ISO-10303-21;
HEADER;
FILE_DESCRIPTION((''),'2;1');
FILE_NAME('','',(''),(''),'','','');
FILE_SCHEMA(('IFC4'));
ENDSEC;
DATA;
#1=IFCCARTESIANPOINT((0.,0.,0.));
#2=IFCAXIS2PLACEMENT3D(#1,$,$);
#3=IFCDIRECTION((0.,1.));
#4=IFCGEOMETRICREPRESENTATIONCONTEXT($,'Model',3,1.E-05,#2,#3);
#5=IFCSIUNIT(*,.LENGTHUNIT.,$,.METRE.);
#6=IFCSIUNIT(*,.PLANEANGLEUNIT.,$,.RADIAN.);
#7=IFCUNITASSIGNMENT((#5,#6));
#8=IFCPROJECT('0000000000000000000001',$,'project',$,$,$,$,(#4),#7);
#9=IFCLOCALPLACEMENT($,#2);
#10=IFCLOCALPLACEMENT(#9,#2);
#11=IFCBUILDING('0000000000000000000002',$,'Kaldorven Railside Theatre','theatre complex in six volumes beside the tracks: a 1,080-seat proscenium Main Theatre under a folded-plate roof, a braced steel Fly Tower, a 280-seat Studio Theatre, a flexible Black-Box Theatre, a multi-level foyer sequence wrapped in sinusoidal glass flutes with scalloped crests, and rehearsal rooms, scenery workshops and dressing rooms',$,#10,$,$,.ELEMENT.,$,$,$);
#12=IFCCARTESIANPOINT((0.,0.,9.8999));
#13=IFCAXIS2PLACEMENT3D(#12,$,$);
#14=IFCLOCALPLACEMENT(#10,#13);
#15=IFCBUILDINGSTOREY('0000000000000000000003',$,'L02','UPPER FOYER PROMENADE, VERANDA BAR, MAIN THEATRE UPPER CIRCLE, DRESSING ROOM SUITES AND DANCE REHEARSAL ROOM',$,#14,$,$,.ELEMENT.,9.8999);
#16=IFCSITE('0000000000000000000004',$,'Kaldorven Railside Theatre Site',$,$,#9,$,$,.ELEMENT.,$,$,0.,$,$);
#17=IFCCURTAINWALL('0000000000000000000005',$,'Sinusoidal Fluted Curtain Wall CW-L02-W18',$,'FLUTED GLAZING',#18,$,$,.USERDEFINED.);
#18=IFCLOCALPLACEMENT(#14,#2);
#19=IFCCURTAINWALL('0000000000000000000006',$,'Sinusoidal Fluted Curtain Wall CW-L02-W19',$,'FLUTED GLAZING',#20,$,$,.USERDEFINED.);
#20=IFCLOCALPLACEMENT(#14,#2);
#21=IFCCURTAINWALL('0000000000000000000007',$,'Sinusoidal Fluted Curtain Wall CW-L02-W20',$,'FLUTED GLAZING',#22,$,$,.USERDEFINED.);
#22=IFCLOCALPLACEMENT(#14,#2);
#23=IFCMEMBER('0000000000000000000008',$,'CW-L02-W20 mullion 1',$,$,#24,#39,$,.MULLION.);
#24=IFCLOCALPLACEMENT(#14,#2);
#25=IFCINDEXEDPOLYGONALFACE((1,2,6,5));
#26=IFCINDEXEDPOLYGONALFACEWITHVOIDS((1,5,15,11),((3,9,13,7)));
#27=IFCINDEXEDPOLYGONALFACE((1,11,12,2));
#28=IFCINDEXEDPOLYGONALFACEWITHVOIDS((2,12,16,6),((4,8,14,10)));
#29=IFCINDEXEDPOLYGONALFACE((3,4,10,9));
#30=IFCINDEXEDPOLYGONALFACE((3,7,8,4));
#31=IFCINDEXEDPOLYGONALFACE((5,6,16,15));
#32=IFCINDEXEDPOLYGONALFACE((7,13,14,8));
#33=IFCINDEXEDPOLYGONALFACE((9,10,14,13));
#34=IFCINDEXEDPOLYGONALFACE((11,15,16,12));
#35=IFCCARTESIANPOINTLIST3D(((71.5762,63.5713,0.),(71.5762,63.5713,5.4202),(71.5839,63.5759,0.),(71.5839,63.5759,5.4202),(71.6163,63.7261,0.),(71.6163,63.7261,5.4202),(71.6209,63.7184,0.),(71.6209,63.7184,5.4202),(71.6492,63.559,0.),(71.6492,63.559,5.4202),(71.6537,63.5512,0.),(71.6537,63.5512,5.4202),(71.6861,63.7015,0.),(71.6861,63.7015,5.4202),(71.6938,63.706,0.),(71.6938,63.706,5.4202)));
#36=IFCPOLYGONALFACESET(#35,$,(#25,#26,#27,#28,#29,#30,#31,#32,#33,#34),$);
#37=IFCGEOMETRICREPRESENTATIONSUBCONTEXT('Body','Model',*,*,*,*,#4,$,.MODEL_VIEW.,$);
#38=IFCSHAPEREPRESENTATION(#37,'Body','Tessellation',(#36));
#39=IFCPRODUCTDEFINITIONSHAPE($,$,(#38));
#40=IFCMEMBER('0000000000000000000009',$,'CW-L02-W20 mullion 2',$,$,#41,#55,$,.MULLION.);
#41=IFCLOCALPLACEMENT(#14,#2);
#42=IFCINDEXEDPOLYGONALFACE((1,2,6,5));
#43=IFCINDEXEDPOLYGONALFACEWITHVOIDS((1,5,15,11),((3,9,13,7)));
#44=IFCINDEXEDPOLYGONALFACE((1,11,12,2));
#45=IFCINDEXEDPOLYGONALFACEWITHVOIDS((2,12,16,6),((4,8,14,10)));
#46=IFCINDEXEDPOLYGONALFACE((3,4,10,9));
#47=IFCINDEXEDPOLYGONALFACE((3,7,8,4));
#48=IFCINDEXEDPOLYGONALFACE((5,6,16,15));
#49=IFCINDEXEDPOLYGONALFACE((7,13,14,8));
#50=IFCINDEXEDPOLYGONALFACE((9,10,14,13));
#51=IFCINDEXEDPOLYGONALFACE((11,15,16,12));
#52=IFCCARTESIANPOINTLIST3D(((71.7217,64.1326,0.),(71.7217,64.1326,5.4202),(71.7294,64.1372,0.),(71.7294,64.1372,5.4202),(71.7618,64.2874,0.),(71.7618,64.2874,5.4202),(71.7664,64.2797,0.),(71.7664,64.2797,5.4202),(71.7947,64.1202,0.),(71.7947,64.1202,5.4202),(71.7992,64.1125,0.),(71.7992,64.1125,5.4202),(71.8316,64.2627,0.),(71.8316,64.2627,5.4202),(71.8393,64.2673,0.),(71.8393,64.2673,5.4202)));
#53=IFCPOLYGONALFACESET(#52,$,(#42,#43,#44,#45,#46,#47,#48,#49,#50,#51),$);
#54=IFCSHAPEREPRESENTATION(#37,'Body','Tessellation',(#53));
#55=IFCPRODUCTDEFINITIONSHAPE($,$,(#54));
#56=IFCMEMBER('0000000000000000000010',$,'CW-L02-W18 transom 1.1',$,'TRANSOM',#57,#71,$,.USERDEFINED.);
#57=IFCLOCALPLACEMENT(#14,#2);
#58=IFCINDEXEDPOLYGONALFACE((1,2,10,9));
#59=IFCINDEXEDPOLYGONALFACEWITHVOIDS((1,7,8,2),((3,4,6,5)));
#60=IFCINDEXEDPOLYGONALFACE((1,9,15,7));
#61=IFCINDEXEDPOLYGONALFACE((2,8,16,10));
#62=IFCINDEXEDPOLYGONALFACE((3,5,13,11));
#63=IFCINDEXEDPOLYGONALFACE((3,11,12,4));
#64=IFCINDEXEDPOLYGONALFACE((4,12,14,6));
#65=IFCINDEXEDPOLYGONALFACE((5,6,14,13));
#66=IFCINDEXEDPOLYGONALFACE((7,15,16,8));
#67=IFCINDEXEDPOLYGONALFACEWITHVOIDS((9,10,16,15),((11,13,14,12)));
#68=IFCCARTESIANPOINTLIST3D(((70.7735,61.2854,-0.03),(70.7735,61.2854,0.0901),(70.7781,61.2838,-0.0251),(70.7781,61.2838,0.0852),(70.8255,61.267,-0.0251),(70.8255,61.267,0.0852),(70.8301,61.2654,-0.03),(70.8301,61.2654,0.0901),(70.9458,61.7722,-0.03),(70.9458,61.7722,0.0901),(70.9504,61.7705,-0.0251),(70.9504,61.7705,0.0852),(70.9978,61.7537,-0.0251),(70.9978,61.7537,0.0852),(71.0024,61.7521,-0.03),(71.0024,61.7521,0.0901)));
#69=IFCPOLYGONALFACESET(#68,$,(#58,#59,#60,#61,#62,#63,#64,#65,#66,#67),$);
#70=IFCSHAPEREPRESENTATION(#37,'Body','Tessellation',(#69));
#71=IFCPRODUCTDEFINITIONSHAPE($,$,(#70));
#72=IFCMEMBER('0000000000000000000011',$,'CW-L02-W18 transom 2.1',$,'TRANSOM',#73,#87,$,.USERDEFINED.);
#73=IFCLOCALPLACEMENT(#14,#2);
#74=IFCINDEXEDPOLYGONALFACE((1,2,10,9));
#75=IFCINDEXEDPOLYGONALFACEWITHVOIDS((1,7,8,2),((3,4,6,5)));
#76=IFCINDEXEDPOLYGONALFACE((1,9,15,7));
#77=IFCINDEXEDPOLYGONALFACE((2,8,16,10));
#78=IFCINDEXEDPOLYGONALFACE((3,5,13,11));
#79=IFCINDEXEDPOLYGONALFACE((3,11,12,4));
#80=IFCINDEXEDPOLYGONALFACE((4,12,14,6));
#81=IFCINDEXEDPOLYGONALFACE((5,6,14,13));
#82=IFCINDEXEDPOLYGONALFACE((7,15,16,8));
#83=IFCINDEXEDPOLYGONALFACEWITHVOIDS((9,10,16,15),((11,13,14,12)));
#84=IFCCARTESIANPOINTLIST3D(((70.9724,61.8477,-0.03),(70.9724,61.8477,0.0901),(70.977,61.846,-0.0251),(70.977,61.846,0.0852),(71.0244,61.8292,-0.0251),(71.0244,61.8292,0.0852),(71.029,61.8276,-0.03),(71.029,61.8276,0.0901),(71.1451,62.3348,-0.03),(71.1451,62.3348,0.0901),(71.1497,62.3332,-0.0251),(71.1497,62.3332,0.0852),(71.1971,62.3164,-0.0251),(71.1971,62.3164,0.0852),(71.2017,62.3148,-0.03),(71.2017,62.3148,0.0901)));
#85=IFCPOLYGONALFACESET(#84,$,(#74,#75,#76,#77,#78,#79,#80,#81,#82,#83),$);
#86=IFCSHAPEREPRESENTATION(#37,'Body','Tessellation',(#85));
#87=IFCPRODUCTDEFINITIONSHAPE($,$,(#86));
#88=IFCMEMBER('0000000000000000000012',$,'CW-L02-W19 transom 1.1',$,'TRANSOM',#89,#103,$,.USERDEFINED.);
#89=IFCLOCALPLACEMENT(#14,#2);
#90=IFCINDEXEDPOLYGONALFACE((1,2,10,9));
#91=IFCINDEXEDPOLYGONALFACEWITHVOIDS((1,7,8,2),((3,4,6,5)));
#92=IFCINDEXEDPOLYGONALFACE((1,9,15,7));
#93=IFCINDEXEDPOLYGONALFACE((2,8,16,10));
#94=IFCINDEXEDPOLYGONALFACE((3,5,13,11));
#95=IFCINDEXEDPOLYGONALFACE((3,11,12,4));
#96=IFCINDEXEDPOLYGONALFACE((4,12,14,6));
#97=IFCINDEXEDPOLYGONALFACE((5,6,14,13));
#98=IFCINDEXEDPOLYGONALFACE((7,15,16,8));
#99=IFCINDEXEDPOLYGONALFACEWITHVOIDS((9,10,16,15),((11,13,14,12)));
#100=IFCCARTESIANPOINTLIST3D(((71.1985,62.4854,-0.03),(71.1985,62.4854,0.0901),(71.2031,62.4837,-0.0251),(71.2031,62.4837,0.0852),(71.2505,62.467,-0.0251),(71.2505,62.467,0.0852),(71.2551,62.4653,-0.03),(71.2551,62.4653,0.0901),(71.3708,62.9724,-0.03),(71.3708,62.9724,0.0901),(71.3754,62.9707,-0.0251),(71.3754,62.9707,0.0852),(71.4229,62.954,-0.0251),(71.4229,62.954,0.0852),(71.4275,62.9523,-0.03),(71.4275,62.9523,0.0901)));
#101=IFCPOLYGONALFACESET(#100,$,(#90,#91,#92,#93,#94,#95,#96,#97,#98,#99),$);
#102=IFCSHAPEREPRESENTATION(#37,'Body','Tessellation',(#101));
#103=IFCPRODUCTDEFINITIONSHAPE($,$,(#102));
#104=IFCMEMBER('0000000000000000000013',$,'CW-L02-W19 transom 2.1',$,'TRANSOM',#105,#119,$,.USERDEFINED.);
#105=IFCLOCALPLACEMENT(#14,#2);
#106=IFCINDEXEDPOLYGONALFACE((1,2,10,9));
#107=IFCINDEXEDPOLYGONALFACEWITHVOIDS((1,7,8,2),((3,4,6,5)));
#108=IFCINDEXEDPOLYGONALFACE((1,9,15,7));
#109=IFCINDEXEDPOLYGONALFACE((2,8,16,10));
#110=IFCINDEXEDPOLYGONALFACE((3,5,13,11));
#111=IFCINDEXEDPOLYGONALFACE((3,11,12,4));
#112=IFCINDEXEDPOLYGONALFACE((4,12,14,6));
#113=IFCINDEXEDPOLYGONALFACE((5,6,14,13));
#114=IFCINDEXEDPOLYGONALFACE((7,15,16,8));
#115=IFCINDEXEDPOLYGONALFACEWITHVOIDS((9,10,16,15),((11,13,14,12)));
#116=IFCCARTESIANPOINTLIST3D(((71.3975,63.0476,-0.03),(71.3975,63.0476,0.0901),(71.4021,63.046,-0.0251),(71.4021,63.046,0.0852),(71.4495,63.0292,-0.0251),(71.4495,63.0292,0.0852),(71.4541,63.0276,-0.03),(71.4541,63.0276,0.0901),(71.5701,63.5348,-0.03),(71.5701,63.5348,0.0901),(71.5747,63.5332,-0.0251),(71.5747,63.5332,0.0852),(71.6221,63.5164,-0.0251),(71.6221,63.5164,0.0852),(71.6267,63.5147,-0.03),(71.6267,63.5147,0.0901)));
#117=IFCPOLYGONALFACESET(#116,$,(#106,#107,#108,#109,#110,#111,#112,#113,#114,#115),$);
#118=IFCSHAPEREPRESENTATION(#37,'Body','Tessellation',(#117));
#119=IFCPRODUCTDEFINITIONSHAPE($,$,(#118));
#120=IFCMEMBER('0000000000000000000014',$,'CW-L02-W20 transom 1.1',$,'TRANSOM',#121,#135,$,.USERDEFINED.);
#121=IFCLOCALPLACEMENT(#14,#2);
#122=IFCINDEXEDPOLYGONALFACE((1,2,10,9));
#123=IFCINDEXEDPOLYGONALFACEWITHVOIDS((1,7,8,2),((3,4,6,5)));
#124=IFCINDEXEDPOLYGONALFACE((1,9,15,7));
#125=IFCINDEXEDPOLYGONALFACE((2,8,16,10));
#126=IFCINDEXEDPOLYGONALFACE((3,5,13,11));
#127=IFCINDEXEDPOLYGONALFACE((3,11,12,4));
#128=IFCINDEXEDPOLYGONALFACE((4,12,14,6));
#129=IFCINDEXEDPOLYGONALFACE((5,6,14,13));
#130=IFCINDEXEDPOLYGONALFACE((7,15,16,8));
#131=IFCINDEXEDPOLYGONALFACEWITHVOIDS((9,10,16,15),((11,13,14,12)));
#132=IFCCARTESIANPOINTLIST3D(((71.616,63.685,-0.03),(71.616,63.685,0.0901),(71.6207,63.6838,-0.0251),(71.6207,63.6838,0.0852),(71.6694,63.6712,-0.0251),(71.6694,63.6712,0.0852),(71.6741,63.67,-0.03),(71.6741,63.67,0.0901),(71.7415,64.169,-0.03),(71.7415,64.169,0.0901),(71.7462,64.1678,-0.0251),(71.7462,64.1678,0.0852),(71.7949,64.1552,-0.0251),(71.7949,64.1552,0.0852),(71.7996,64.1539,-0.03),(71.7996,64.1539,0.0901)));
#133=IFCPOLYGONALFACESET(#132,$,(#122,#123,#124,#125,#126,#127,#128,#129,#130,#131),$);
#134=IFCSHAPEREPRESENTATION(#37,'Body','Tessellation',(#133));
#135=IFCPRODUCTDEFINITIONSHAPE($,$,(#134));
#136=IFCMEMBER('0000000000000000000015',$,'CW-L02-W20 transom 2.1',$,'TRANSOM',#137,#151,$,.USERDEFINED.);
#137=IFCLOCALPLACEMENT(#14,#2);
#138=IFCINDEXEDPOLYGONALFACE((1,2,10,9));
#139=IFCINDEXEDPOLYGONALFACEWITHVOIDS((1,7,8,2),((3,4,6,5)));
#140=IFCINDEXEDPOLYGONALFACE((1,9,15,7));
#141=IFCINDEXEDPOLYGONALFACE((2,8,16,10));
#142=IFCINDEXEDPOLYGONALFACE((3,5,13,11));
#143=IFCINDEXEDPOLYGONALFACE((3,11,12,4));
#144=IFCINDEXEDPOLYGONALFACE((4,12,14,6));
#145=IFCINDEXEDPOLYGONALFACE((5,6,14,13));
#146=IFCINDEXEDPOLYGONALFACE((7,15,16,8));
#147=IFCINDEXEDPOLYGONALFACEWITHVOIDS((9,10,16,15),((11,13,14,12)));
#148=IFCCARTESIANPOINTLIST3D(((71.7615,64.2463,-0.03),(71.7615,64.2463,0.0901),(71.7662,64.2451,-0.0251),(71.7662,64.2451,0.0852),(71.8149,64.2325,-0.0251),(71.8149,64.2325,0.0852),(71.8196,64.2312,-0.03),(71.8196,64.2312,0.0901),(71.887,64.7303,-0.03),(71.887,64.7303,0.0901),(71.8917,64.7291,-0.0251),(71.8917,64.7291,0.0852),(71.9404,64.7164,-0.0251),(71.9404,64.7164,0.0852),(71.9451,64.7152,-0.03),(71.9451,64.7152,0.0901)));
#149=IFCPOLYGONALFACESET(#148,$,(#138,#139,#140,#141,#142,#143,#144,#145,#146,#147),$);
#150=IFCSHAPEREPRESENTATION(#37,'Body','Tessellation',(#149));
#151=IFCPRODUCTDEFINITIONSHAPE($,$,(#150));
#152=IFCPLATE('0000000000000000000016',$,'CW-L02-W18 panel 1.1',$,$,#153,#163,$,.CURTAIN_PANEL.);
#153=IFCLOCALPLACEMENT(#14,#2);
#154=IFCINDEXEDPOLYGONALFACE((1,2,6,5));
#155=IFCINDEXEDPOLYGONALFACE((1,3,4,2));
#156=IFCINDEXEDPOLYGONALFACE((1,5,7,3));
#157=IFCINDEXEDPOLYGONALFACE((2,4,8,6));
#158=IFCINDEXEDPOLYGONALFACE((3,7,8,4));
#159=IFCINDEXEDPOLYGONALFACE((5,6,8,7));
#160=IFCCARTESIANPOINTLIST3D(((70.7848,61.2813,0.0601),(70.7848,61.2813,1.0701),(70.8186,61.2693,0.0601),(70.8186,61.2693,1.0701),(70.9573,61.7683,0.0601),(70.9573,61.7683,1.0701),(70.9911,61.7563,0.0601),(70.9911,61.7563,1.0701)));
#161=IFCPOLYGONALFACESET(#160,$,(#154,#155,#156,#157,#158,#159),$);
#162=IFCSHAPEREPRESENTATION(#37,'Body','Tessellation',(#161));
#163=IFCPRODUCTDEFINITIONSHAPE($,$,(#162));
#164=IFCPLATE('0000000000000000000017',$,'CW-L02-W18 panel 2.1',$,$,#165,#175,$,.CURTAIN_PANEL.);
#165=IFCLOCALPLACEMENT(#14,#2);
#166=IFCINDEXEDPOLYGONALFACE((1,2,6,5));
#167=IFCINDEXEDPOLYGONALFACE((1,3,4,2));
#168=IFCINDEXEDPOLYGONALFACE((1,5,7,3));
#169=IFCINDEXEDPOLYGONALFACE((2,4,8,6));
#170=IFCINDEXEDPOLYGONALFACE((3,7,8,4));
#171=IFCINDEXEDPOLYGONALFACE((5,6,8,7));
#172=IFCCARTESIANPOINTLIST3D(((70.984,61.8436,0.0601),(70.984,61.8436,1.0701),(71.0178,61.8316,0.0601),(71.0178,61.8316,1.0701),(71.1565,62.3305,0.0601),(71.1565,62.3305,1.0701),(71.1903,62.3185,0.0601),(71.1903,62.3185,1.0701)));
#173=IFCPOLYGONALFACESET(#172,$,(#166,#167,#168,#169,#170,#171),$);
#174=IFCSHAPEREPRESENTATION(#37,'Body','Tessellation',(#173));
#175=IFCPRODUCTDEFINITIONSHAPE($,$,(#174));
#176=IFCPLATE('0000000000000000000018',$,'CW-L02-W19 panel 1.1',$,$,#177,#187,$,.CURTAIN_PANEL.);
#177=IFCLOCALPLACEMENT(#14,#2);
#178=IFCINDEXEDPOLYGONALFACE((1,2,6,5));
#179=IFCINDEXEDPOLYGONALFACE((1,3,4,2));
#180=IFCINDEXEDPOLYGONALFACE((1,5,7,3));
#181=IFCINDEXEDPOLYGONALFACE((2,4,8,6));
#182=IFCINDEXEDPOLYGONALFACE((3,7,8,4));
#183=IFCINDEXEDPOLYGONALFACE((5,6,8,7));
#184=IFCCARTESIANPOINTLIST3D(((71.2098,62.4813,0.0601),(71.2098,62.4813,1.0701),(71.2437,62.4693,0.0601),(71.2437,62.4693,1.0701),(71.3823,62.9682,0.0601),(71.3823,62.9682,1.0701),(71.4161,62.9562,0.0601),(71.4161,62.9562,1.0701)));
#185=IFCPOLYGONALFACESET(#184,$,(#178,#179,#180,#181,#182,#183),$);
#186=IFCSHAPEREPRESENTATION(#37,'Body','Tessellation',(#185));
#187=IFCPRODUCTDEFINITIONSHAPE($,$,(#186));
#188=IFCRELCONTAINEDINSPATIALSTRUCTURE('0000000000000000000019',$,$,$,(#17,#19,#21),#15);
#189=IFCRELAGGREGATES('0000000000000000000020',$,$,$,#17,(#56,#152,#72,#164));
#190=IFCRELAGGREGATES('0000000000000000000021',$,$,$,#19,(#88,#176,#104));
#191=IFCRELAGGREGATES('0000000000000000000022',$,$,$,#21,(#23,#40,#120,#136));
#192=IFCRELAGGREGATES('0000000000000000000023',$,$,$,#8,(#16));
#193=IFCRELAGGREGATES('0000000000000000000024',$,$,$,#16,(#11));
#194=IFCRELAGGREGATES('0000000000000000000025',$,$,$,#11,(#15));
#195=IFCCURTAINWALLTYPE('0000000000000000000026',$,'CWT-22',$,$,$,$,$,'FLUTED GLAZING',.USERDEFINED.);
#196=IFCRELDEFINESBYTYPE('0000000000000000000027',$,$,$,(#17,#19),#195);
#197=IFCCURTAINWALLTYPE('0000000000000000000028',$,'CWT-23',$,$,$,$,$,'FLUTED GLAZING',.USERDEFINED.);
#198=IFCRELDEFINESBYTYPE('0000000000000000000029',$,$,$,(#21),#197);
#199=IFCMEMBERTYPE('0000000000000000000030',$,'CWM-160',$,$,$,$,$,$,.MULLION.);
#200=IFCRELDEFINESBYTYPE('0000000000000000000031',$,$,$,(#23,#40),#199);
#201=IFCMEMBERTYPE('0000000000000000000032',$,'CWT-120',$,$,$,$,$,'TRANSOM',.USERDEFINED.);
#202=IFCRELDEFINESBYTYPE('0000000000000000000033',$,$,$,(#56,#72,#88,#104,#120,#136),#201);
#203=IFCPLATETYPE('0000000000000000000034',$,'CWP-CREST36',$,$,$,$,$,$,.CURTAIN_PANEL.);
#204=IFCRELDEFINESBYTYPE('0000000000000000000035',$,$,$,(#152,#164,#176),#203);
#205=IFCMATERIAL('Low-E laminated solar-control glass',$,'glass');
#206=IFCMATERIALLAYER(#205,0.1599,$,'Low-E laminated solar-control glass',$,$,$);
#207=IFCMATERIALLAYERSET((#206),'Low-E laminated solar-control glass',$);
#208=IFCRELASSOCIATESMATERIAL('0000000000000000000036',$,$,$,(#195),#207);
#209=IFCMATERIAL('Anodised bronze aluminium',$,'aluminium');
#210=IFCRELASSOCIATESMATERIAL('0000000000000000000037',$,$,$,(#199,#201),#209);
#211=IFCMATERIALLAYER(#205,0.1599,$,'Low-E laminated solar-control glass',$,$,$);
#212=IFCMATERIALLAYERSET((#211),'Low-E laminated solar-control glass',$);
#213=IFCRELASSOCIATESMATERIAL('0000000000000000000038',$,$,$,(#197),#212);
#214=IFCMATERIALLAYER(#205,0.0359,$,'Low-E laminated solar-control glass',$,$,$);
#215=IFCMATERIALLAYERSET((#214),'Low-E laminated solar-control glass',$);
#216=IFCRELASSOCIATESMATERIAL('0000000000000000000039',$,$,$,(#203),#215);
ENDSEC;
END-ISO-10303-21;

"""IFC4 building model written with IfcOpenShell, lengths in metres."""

from ifc_helpers import new_model, si_unit, direction, frame, origin, origin_2d, place, context, subcontext, project, spatial, rectangle, hollow_rectangle, extrude, material, layer, layer_set, material_profile, profile_set, type_object, element, aggregate, save


model = new_model("IFC4")

# Units and contexts
model_context = context("Model", 3, precision=1e-05, world=origin(), true_north=direction((0.0, 1.0)))
body_context = subcontext(model_context, "Body", "Model", "MODEL_VIEW")
ifc_project = project(units=[si_unit("LENGTHUNIT", "METRE"), si_unit("PLANEANGLEUNIT", "RADIAN")], contexts=[model_context])

# Site, building, storey
site_placement = place(None, origin())
site = spatial("IfcSite", under=ifc_project, at=site_placement, Name="Kaldorven Railside Theatre Site", CompositionType="ELEMENT", RefElevation=0.0)
building_placement = place(site_placement, origin())
building = spatial("IfcBuilding", under=site, at=building_placement, Name="Kaldorven Railside Theatre", Description="theatre complex in six volumes beside the tracks: a 1,080-seat proscenium Main Theatre under a folded-plate roof, a braced steel Fly Tower, a 280-seat Studio Theatre, a flexible Black-Box Theatre, a multi-level foyer sequence wrapped in sinusoidal glass flutes with scalloped crests, and rehearsal rooms, scenery workshops and dressing rooms", CompositionType="ELEMENT")
storey_placement = place(building_placement, frame((0.0, 0.0, 9.8999)))
storey = spatial("IfcBuildingStorey", under=building, at=storey_placement, Name="L02", Description="UPPER FOYER PROMENADE, VERANDA BAR, MAIN THEATRE UPPER CIRCLE, DRESSING ROOM SUITES AND DANCE REHEARSAL ROOM", CompositionType="ELEMENT", Elevation=9.8999)

# Curtain walls, members
ifc_material_1 = material(Name="Low-E laminated solar-control glass", Category="glass")
ifc_layer_1 = layer(ifc_material_1, 0.1599, Name="Low-E laminated solar-control glass")
ifc_layer_set_1 = layer_set([ifc_layer_1], Name="Low-E laminated solar-control glass")
curtain_wall_type_1 = type_object("IfcCurtainWallType", Name="CWT-22", ElementType="FLUTED GLAZING", PredefinedType="USERDEFINED", material=ifc_layer_set_1)
curtain_wall_1_placement = place(storey_placement, origin())
curtain_wall_1 = element("IfcCurtainWall", 1, at=curtain_wall_1_placement, inside=storey, type_object=curtain_wall_type_1, Name="Sinusoidal Fluted Curtain Wall CW-L02-W18", ObjectType="FLUTED GLAZING", PredefinedType="USERDEFINED")
ifc_material_2 = material(Name="Anodised bronze aluminium", Category="aluminium")
ifc_material_profile_1 = material_profile(ifc_material_2, hollow_rectangle(XDim=0.0801, YDim=0.1599, WallThickness=0.0063, at=origin_2d()), Name="RHS 160x80x6.3")
ifc_profile_set_1 = profile_set([ifc_material_profile_1], Name="Anodised bronze aluminium")
member_type_1 = type_object("IfcMemberType", Name="CWM-160", PredefinedType="MULLION", material=ifc_profile_set_1)
curtain_wall_2_placement = place(storey_placement, origin())
curtain_wall_2 = element("IfcCurtainWall", 2, at=curtain_wall_2_placement, inside=storey, type_object=curtain_wall_type_1, Name="Sinusoidal Fluted Curtain Wall CW-L02-W19", ObjectType="FLUTED GLAZING", PredefinedType="USERDEFINED")
ifc_layer_2 = layer(ifc_material_1, 0.1599, Name="Low-E laminated solar-control glass")
ifc_layer_set_2 = layer_set([ifc_layer_2], Name="Low-E laminated solar-control glass")
curtain_wall_type_2 = type_object("IfcCurtainWallType", Name="CWT-23", ElementType="FLUTED GLAZING", PredefinedType="USERDEFINED", material=ifc_layer_set_2)
curtain_wall_3_placement = place(storey_placement, origin())
curtain_wall_3 = element("IfcCurtainWall", 3, at=curtain_wall_3_placement, inside=storey, type_object=curtain_wall_type_2, Name="Sinusoidal Fluted Curtain Wall CW-L02-W20", ObjectType="FLUTED GLAZING", PredefinedType="USERDEFINED")
member_1_placement = place(storey_placement, frame((71.635, 63.6387, 0.0), z_axis=(0.0, 0.0, 1.0), x_axis=(-0.967999, 0.250954, 0.0)))
member_1 = element("IfcMember", 4, at=member_1_placement, type_object=member_type_1, Name="CW-L02-W20 mullion 1", PredefinedType="MULLION", context=body_context, shape_type="SweptSolid", body=[
    extrude(hollow_rectangle(XDim=0.0801, YDim=0.1599, WallThickness=0.0063, at=origin_2d()), origin(), (0.0, 0.0, 1.0), 5.4202),
])
member_2_placement = place(storey_placement, frame((71.7805, 64.2, 0.0), z_axis=(0.0, 0.0, 1.0), x_axis=(-0.967999, 0.250954, 0.0)))
member_2 = element("IfcMember", 5, at=member_2_placement, type_object=member_type_1, Name="CW-L02-W20 mullion 2", PredefinedType="MULLION", context=body_context, shape_type="SweptSolid", body=[
    extrude(hollow_rectangle(XDim=0.0801, YDim=0.1599, WallThickness=0.0063, at=origin_2d()), origin(), (0.0, 0.0, 1.0), 5.4202),
])

# Members
ifc_material_profile_2 = material_profile(ifc_material_2, hollow_rectangle(XDim=0.0601, YDim=0.1201, WallThickness=0.0049, at=origin_2d()), Name="RHS 120x60x5")
ifc_profile_set_2 = profile_set([ifc_material_profile_2], Name="Anodised bronze aluminium")
member_type_2 = type_object("IfcMemberType", Name="CWT-120", ElementType="TRANSOM", PredefinedType="USERDEFINED", material=ifc_profile_set_2)
member_3_placement = place(storey_placement, frame((70.8018, 61.2754, 0.03), z_axis=(0.33376, 0.942658, 0.0), x_axis=(-0.942658, 0.33376, 0.0)))
member_3 = element("IfcMember", 6, at=member_3_placement, type_object=member_type_2, Name="CW-L02-W18 transom 1.1", ObjectType="TRANSOM", PredefinedType="USERDEFINED", context=body_context, shape_type="SweptSolid", body=[
    extrude(hollow_rectangle(XDim=0.0601, YDim=0.1201, WallThickness=0.0049, at=origin_2d()), origin(), (0.0, 0.0, 1.0), 0.5164),
])
member_4_placement = place(storey_placement, frame((71.0007, 61.8376, 0.03), z_axis=(0.334031, 0.942562, 0.0), x_axis=(-0.942562, 0.334031, 0.0)))
member_4 = element("IfcMember", 7, at=member_4_placement, type_object=member_type_2, Name="CW-L02-W18 transom 2.1", ObjectType="TRANSOM", PredefinedType="USERDEFINED", context=body_context, shape_type="SweptSolid", body=[
    extrude(hollow_rectangle(XDim=0.0601, YDim=0.1201, WallThickness=0.0049, at=origin_2d()), origin(), (0.0, 0.0, 1.0), 0.5168),
])
member_5_placement = place(storey_placement, frame((71.2268, 62.4753, 0.03), z_axis=(0.333611, 0.942711, 0.0), x_axis=(-0.942711, 0.333611, 0.0)))
member_5 = element("IfcMember", 8, at=member_5_placement, type_object=member_type_2, Name="CW-L02-W19 transom 1.1", ObjectType="TRANSOM", PredefinedType="USERDEFINED", context=body_context, shape_type="SweptSolid", body=[
    extrude(hollow_rectangle(XDim=0.0601, YDim=0.1201, WallThickness=0.0049, at=origin_2d()), origin(), (0.0, 0.0, 1.0), 0.5166),
])
member_6_placement = place(storey_placement, frame((71.4258, 63.0376, 0.03), z_axis=(0.334031, 0.942562, 0.0), x_axis=(-0.942562, 0.334031, 0.0)))
member_6 = element("IfcMember", 9, at=member_6_placement, type_object=member_type_2, Name="CW-L02-W19 transom 2.1", ObjectType="TRANSOM", PredefinedType="USERDEFINED", context=body_context, shape_type="SweptSolid", body=[
    extrude(hollow_rectangle(XDim=0.0601, YDim=0.1201, WallThickness=0.0049, at=origin_2d()), origin(), (0.0, 0.0, 1.0), 0.5168),
])
member_7_placement = place(storey_placement, frame((71.645, 63.6775, 0.03), z_axis=(0.25103, 0.967979, 0.0), x_axis=(-0.967979, 0.25103, 0.0)))
member_7 = element("IfcMember", 10, at=member_7_placement, type_object=member_type_2, Name="CW-L02-W20 transom 1.1", ObjectType="TRANSOM", PredefinedType="USERDEFINED", context=body_context, shape_type="SweptSolid", body=[
    extrude(hollow_rectangle(XDim=0.0601, YDim=0.1201, WallThickness=0.0049, at=origin_2d()), origin(), (0.0, 0.0, 1.0), 0.5),
])
member_8_placement = place(storey_placement, frame((71.7905, 64.2388, 0.03), z_axis=(0.25103, 0.967979, 0.0), x_axis=(-0.967979, 0.25103, 0.0)))
member_8 = element("IfcMember", 11, at=member_8_placement, type_object=member_type_2, Name="CW-L02-W20 transom 2.1", ObjectType="TRANSOM", PredefinedType="USERDEFINED", context=body_context, shape_type="SweptSolid", body=[
    extrude(hollow_rectangle(XDim=0.0601, YDim=0.1201, WallThickness=0.0049, at=origin_2d()), origin(), (0.0, 0.0, 1.0), 0.5),
])

# Plates
ifc_layer_3 = layer(ifc_material_1, 0.0359, Name="Low-E laminated solar-control glass")
ifc_layer_set_3 = layer_set([ifc_layer_3], Name="Low-E laminated solar-control glass")
plate_type = type_object("IfcPlateType", Name="CWP-CREST36", PredefinedType="CURTAIN_PANEL", material=ifc_layer_set_3)
plate_1_placement = place(storey_placement, frame((70.8879, 61.5188, 0.0601), z_axis=(0.0, 0.0, 1.0), x_axis=(0.333847, 0.942627, 0.0)))
plate_1 = element("IfcPlate", 12, at=plate_1_placement, type_object=plate_type, Name="CW-L02-W18 panel 1.1", PredefinedType="CURTAIN_PANEL", context=body_context, shape_type="SweptSolid", body=[
    extrude(rectangle(XDim=0.5166, YDim=0.0359, at=origin_2d()), origin(), (0.0, 0.0, 1.0), 1.01),
])
plate_2_placement = place(storey_placement, frame((71.0872, 62.0811, 0.0601), z_axis=(0.0, 0.0, 1.0), x_axis=(0.333847, 0.942627, 0.0)))
plate_2 = element("IfcPlate", 13, at=plate_2_placement, type_object=plate_type, Name="CW-L02-W18 panel 2.1", PredefinedType="CURTAIN_PANEL", context=body_context, shape_type="SweptSolid", body=[
    extrude(rectangle(XDim=0.5166, YDim=0.0359, at=origin_2d()), origin(), (0.0, 0.0, 1.0), 1.01),
])
aggregate(curtain_wall_1, [member_3, plate_1, member_4, plate_2])
plate_3_placement = place(storey_placement, frame((71.313, 62.7188, 0.0601), z_axis=(0.0, 0.0, 1.0), x_axis=(0.333847, 0.942627, 0.0)))
plate_3 = element("IfcPlate", 14, at=plate_3_placement, type_object=plate_type, Name="CW-L02-W19 panel 1.1", PredefinedType="CURTAIN_PANEL", context=body_context, shape_type="SweptSolid", body=[
    extrude(rectangle(XDim=0.5166, YDim=0.0359, at=origin_2d()), origin(), (0.0, 0.0, 1.0), 1.01),
])
aggregate(curtain_wall_2, [member_5, plate_3, member_6])
aggregate(curtain_wall_3, [member_1, member_2, member_7, member_8])

save(model, "model.ifc")
